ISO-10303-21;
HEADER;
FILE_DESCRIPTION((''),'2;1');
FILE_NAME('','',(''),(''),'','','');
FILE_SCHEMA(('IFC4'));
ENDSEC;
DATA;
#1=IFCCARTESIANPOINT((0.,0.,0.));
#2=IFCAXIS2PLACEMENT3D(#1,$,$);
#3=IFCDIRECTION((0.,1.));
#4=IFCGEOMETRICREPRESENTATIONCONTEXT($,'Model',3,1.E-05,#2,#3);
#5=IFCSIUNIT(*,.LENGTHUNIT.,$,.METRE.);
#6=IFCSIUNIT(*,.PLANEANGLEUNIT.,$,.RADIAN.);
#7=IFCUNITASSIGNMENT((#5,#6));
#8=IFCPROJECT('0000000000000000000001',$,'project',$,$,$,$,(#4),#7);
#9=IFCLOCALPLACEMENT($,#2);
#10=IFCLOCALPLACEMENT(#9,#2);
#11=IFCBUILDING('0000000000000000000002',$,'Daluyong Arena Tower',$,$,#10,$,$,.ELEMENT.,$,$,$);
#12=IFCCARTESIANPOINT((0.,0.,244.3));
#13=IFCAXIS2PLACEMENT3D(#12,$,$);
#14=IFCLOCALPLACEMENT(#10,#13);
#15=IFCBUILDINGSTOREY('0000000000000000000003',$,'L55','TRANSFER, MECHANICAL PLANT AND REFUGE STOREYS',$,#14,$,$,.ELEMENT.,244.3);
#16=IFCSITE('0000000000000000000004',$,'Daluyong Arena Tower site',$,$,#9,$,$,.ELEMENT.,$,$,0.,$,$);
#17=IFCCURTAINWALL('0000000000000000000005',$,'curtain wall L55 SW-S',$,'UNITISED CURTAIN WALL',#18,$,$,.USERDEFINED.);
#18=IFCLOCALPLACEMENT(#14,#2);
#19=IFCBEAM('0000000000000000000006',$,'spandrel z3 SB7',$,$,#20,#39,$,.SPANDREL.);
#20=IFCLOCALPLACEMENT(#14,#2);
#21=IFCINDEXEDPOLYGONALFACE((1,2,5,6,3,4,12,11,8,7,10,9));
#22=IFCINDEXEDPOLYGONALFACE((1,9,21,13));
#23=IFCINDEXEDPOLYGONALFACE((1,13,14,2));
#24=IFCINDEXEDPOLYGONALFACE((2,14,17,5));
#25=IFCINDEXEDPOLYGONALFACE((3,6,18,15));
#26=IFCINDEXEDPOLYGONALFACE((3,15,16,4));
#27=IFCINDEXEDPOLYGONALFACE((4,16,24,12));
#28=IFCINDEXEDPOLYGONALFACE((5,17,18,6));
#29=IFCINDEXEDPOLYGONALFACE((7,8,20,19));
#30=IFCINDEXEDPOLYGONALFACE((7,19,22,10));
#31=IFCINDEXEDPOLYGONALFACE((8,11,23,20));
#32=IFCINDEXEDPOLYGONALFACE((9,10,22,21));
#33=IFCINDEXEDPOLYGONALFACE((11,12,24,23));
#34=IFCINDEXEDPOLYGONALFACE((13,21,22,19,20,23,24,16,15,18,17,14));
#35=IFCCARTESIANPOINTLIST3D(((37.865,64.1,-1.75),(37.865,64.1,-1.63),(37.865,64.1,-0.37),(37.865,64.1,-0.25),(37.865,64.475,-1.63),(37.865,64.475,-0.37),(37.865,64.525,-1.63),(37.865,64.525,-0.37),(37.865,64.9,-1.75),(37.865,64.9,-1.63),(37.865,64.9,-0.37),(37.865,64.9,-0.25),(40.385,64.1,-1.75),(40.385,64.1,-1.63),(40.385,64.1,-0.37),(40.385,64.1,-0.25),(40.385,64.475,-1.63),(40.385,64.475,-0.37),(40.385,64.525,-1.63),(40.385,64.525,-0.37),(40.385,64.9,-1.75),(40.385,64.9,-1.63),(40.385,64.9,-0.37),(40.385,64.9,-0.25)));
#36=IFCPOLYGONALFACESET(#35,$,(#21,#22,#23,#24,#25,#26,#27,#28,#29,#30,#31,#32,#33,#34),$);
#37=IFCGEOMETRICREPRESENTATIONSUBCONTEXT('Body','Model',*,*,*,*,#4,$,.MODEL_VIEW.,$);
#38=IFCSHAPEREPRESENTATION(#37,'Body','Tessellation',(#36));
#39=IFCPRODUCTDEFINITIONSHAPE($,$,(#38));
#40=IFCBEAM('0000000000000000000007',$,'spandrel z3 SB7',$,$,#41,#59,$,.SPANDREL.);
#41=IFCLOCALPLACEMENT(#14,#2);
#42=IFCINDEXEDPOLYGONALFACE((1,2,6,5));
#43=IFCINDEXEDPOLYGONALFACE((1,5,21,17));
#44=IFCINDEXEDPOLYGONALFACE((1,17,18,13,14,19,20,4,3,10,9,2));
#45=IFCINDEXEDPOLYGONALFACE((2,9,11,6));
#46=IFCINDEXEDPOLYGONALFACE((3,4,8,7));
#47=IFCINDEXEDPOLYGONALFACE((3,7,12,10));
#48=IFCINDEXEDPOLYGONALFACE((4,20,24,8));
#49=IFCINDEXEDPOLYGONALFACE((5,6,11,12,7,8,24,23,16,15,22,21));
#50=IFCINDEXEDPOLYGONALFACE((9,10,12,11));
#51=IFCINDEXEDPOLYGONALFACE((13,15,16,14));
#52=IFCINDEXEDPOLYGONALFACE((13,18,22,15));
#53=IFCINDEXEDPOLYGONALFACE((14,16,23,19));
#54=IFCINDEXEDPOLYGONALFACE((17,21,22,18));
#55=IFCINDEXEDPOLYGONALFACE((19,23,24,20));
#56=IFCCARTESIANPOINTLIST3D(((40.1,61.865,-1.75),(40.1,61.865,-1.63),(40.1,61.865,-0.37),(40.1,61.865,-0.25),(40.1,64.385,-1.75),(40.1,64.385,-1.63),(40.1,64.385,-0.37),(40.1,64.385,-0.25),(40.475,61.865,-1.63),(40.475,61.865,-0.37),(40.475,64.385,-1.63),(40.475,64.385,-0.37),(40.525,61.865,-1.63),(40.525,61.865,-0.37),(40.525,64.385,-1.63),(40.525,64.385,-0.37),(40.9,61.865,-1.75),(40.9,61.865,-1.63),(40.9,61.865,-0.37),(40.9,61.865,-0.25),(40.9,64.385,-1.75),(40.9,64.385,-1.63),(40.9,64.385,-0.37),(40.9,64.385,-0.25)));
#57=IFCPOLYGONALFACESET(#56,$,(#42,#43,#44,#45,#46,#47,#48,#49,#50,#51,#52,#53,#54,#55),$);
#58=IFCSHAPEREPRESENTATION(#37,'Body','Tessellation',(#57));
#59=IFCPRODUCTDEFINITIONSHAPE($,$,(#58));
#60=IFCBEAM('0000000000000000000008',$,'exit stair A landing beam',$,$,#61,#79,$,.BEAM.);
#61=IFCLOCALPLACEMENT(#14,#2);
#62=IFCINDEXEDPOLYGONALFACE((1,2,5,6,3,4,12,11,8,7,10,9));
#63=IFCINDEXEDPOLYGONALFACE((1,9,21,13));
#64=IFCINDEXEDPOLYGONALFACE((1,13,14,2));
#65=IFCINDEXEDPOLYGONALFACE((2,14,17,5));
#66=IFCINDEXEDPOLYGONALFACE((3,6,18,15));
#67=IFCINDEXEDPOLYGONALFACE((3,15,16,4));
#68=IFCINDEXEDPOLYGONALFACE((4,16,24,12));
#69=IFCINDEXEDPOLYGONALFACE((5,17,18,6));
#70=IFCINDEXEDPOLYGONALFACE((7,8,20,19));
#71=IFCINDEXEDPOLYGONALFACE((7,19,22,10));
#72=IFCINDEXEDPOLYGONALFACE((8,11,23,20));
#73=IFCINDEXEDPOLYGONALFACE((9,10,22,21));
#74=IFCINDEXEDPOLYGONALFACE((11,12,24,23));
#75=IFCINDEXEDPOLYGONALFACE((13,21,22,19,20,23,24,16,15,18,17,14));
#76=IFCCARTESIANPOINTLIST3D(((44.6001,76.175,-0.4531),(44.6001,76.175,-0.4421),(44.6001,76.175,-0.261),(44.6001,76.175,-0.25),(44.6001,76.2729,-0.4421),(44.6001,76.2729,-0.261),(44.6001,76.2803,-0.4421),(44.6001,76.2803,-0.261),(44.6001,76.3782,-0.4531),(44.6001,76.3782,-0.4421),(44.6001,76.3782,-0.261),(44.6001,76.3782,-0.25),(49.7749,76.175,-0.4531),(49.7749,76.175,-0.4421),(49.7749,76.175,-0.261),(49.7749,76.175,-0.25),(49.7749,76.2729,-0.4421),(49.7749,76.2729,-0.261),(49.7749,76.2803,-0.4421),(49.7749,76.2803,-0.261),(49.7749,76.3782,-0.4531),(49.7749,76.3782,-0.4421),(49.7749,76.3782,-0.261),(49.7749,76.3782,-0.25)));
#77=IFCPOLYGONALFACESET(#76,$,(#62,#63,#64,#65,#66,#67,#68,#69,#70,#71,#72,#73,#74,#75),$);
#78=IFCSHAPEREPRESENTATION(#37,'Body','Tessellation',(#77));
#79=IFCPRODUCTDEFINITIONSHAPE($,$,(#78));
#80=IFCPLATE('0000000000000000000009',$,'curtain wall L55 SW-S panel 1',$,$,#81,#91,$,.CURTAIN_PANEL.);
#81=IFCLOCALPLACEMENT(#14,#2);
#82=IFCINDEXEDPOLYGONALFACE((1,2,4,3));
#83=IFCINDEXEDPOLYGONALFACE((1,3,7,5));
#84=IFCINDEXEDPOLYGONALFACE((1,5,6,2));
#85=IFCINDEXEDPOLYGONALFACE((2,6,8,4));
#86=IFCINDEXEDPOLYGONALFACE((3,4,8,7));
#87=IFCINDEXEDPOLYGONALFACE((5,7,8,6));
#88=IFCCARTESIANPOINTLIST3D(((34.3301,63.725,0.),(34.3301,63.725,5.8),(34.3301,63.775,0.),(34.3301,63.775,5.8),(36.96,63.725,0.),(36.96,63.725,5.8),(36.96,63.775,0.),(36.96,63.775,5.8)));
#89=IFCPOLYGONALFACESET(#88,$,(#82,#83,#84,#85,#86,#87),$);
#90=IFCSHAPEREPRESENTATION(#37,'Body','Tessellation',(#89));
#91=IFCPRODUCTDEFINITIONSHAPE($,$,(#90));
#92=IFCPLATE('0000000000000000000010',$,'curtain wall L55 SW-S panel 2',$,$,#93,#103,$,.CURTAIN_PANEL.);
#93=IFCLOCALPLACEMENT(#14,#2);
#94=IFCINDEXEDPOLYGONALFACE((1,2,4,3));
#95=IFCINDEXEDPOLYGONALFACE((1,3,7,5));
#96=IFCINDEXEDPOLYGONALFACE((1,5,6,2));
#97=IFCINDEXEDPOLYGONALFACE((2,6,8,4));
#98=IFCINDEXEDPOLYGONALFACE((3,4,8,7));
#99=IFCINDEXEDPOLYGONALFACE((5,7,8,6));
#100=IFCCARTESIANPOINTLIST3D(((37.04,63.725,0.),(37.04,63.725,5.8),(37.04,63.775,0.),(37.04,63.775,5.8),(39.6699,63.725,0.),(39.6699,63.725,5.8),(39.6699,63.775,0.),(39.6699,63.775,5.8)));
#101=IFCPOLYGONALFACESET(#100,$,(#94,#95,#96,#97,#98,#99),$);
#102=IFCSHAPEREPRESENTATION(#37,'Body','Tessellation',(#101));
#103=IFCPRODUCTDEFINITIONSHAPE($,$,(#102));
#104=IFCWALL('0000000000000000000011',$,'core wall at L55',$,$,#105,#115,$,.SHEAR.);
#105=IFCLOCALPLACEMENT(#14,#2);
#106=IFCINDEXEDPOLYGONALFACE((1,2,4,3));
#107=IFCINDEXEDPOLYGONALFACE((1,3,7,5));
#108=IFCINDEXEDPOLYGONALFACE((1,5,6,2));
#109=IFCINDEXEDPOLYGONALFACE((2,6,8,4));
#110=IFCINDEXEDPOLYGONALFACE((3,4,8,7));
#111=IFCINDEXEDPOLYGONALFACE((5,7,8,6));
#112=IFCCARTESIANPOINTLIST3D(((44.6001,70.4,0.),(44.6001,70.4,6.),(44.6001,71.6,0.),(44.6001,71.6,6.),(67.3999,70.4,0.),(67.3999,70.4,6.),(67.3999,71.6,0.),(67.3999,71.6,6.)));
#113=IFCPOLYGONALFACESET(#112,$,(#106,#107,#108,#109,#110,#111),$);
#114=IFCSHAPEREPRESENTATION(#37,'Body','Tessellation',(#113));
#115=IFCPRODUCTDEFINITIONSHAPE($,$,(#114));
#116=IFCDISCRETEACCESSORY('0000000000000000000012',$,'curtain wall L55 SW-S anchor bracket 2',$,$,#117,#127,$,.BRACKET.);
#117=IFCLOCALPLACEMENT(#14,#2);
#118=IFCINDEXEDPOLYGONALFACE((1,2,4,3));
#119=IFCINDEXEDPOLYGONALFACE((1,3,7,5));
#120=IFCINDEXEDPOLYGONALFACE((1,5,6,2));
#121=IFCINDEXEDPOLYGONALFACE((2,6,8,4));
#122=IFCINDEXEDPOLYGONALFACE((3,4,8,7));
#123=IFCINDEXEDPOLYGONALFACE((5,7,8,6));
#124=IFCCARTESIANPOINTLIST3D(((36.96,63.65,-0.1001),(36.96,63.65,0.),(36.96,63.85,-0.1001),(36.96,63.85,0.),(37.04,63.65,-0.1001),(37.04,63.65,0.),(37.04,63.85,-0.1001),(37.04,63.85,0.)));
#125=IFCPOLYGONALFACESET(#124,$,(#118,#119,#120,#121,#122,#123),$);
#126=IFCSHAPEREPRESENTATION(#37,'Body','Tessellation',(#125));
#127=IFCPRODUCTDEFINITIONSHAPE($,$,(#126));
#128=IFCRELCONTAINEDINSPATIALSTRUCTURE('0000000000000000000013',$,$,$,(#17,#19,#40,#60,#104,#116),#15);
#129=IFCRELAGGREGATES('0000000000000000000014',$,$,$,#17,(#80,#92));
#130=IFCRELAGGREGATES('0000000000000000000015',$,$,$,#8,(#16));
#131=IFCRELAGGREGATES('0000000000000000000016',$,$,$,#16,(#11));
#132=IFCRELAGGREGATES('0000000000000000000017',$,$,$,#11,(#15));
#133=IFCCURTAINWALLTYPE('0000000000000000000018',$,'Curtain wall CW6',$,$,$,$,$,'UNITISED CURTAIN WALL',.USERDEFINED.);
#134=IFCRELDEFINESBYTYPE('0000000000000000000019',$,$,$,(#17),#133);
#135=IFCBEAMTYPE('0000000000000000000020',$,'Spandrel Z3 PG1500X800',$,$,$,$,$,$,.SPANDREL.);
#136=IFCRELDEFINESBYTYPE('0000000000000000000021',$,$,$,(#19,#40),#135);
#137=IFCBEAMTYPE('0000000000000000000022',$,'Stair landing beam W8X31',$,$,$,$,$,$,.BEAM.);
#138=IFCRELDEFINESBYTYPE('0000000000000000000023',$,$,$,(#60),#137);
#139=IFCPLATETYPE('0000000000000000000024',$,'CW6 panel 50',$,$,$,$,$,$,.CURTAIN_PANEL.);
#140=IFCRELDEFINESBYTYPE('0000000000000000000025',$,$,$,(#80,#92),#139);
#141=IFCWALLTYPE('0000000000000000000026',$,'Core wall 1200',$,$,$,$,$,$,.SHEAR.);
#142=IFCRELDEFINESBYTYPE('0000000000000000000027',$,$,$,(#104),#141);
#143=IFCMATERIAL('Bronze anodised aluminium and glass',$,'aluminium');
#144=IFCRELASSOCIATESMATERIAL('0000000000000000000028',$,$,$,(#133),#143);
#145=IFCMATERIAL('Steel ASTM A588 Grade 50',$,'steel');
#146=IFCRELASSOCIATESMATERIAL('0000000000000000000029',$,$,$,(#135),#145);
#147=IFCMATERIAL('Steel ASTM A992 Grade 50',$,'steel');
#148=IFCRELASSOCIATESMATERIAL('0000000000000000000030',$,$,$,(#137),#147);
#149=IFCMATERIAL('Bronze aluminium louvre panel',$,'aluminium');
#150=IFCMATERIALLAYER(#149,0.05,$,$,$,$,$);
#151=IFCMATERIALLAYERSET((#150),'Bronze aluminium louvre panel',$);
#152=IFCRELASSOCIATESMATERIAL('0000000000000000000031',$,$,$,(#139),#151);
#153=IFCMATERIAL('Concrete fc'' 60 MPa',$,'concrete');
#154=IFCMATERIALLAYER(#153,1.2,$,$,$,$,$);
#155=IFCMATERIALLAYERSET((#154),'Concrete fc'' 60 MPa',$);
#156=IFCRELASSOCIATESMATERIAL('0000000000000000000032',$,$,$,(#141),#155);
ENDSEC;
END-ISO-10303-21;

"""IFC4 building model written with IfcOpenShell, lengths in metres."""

from ifc_helpers import new_model, si_unit, direction, frame, frame_2d, origin, origin_2d, place, context, subcontext, project, spatial, rectangle, i_section, extrude, material, layer, layer_set, material_profile, profile_set, type_object, element, aggregate, save


model = new_model("IFC4")

# Units and contexts
model_context = context("Model", 3, precision=1e-05, world=origin(), true_north=direction((0.0, 1.0)))
body_context = subcontext(model_context, "Body", "Model", "MODEL_VIEW")
ifc_project = project(units=[si_unit("LENGTHUNIT", "METRE"), si_unit("PLANEANGLEUNIT", "RADIAN")], contexts=[model_context])

# Site, building, storey
site_placement = place(None, origin())
site = spatial("IfcSite", under=ifc_project, at=site_placement, Name="Daluyong Arena Tower site", CompositionType="ELEMENT", RefElevation=0.0)
building_placement = place(site_placement, origin())
building = spatial("IfcBuilding", under=site, at=building_placement, Name="Daluyong Arena Tower", CompositionType="ELEMENT")
storey_placement = place(building_placement, frame((0.0, 0.0, 244.3)))
storey = spatial("IfcBuildingStorey", under=building, at=storey_placement, Name="L55", Description="TRANSFER, MECHANICAL PLANT AND REFUGE STOREYS", CompositionType="ELEMENT", Elevation=244.3)

# Curtain wall
ifc_material_1 = material(Name="Bronze anodised aluminium and glass", Category="aluminium")
curtain_wall_type = type_object("IfcCurtainWallType", Name="Curtain wall CW6", ElementType="UNITISED CURTAIN WALL", PredefinedType="USERDEFINED", material=ifc_material_1)
curtain_wall_placement = place(storey_placement, origin())
curtain_wall = element("IfcCurtainWall", 1, at=curtain_wall_placement, inside=storey, type_object=curtain_wall_type, Name="curtain wall L55 SW-S", ObjectType="UNITISED CURTAIN WALL", PredefinedType="USERDEFINED")

# Beams
ifc_material_2 = material(Name="Steel ASTM A588 Grade 50", Category="steel")
ifc_material_profile_1 = material_profile(ifc_material_2, i_section(OverallWidth=0.8, OverallDepth=1.5, WebThickness=0.05, FlangeThickness=0.12, at=origin_2d()))
ifc_profile_set_1 = profile_set([ifc_material_profile_1], Name="Steel ASTM A588 Grade 50")
beam_type_1 = type_object("IfcBeamType", Name="Spandrel Z3 PG1500X800", PredefinedType="SPANDREL", material=ifc_profile_set_1)
for number, where, z_axis, x_axis, name in (
    (2, (37.865, 64.5, -1.0), (1.0, 0.0, 0.0), (0.0, 1.0, 0.0), "spandrel z3 SB7"),
    (3, (40.5, 64.385, -1.0), (0.0, -1.0, 0.0), (1.0, 0.0, 0.0), "spandrel z3 SB7"),
):
    element("IfcBeam", number, at=place(storey_placement, frame(where, z_axis=z_axis, x_axis=x_axis)), inside=storey, type_object=beam_type_1, Name=name, PredefinedType="SPANDREL", context=body_context, shape_type="SweptSolid", body=[
        extrude(i_section(OverallWidth=0.8, OverallDepth=1.5, WebThickness=0.05, FlangeThickness=0.12, at=origin_2d()), origin(), (0.0, 0.0, 1.0), 2.52),
    ])
ifc_material_3 = material(Name="Steel ASTM A992 Grade 50", Category="steel")
ifc_material_profile_2 = material_profile(ifc_material_3, i_section(OverallWidth=0.2031, OverallDepth=0.2031, WebThickness=0.0073, FlangeThickness=0.011, at=origin_2d()))
ifc_profile_set_2 = profile_set([ifc_material_profile_2], Name="Steel ASTM A992 Grade 50")
beam_type_2 = type_object("IfcBeamType", Name="Stair landing beam W8X31", PredefinedType="BEAM", material=ifc_profile_set_2)
beam_1_placement = place(storey_placement, frame((44.6001, 76.2766, -0.3516), z_axis=(1.0, 0.0, 0.0), x_axis=(0.0, 1.0, 0.0)))
element("IfcBeam", 4, at=beam_1_placement, inside=storey, type_object=beam_type_2, Name="exit stair A landing beam", PredefinedType="BEAM", context=body_context, shape_type="SweptSolid", body=[
    extrude(i_section(OverallWidth=0.2031, OverallDepth=0.2031, WebThickness=0.0073, FlangeThickness=0.011, at=origin_2d()), origin(), (0.0, 0.0, 1.0), 5.1748),
])

# Plates
ifc_material_4 = material(Name="Bronze aluminium louvre panel", Category="aluminium")
ifc_layer_1 = layer(ifc_material_4, 0.05)
ifc_layer_set_1 = layer_set([ifc_layer_1], Name="Bronze aluminium louvre panel")
plate_type = type_object("IfcPlateType", Name="CW6 panel 50", PredefinedType="CURTAIN_PANEL", material=ifc_layer_set_1)
plate_1_placement = place(storey_placement, frame((35.645, 63.75, 0.0), z_axis=(0.0, 0.0, 1.0), x_axis=(1.0, 0.0, 0.0)))
plate_1 = element("IfcPlate", 5, at=plate_1_placement, type_object=plate_type, Name="curtain wall L55 SW-S panel 1", PredefinedType="CURTAIN_PANEL", context=body_context, shape_type="SweptSolid", body=[
    extrude(rectangle(XDim=2.6299, YDim=0.05, at=origin_2d()), origin(), (0.0, 0.0, 1.0), 5.8),
])
plate_2_placement = place(storey_placement, frame((38.355, 63.75, 0.0), z_axis=(0.0, 0.0, 1.0), x_axis=(1.0, 0.0, 0.0)))
plate_2 = element("IfcPlate", 6, at=plate_2_placement, type_object=plate_type, Name="curtain wall L55 SW-S panel 2", PredefinedType="CURTAIN_PANEL", context=body_context, shape_type="SweptSolid", body=[
    extrude(rectangle(XDim=2.6299, YDim=0.05, at=origin_2d()), origin(), (0.0, 0.0, 1.0), 5.8),
])
aggregate(curtain_wall, [plate_1, plate_2])

# Shared definitions
ifc_material_5 = material(Name="Concrete fc' 60 MPa", Category="concrete")
ifc_layer_2 = layer(ifc_material_5, 1.2)
ifc_layer_set_2 = layer_set([ifc_layer_2], Name="Concrete fc' 60 MPa")
wall_type = type_object("IfcWallType", Name="Core wall 1200", PredefinedType="SHEAR", material=ifc_layer_set_2)

# Wall
wall_1_placement = place(storey_placement, frame((44.6001, 71.0, 0.0), z_axis=(0.0, 0.0, 1.0), x_axis=(1.0, 0.0, 0.0)))
element("IfcWall", 7, at=wall_1_placement, inside=storey, type_object=wall_type, Name="core wall at L55", PredefinedType="SHEAR", context=body_context, shape_type="SweptSolid", body=[
    extrude(rectangle(XDim=22.7998, YDim=1.2, at=frame_2d((11.3999, 0.0))), origin(), (0.0, 0.0, 1.0), 6.0),
])

# Discrete accessory
discrete_accessory_placement = place(storey_placement, frame((37.0, 63.75, -0.1001), z_axis=(0.0, 0.0, 1.0), x_axis=(1.0, 0.0, 0.0)))
element("IfcDiscreteAccessory", 8, at=discrete_accessory_placement, inside=storey, Name="curtain wall L55 SW-S anchor bracket 2", PredefinedType="BRACKET", context=body_context, shape_type="SweptSolid", body=[
    extrude(rectangle(XDim=0.0801, YDim=0.2, at=origin_2d()), origin(), (0.0, 0.0, 1.0), 0.1001),
])

save(model, "model.ifc")
